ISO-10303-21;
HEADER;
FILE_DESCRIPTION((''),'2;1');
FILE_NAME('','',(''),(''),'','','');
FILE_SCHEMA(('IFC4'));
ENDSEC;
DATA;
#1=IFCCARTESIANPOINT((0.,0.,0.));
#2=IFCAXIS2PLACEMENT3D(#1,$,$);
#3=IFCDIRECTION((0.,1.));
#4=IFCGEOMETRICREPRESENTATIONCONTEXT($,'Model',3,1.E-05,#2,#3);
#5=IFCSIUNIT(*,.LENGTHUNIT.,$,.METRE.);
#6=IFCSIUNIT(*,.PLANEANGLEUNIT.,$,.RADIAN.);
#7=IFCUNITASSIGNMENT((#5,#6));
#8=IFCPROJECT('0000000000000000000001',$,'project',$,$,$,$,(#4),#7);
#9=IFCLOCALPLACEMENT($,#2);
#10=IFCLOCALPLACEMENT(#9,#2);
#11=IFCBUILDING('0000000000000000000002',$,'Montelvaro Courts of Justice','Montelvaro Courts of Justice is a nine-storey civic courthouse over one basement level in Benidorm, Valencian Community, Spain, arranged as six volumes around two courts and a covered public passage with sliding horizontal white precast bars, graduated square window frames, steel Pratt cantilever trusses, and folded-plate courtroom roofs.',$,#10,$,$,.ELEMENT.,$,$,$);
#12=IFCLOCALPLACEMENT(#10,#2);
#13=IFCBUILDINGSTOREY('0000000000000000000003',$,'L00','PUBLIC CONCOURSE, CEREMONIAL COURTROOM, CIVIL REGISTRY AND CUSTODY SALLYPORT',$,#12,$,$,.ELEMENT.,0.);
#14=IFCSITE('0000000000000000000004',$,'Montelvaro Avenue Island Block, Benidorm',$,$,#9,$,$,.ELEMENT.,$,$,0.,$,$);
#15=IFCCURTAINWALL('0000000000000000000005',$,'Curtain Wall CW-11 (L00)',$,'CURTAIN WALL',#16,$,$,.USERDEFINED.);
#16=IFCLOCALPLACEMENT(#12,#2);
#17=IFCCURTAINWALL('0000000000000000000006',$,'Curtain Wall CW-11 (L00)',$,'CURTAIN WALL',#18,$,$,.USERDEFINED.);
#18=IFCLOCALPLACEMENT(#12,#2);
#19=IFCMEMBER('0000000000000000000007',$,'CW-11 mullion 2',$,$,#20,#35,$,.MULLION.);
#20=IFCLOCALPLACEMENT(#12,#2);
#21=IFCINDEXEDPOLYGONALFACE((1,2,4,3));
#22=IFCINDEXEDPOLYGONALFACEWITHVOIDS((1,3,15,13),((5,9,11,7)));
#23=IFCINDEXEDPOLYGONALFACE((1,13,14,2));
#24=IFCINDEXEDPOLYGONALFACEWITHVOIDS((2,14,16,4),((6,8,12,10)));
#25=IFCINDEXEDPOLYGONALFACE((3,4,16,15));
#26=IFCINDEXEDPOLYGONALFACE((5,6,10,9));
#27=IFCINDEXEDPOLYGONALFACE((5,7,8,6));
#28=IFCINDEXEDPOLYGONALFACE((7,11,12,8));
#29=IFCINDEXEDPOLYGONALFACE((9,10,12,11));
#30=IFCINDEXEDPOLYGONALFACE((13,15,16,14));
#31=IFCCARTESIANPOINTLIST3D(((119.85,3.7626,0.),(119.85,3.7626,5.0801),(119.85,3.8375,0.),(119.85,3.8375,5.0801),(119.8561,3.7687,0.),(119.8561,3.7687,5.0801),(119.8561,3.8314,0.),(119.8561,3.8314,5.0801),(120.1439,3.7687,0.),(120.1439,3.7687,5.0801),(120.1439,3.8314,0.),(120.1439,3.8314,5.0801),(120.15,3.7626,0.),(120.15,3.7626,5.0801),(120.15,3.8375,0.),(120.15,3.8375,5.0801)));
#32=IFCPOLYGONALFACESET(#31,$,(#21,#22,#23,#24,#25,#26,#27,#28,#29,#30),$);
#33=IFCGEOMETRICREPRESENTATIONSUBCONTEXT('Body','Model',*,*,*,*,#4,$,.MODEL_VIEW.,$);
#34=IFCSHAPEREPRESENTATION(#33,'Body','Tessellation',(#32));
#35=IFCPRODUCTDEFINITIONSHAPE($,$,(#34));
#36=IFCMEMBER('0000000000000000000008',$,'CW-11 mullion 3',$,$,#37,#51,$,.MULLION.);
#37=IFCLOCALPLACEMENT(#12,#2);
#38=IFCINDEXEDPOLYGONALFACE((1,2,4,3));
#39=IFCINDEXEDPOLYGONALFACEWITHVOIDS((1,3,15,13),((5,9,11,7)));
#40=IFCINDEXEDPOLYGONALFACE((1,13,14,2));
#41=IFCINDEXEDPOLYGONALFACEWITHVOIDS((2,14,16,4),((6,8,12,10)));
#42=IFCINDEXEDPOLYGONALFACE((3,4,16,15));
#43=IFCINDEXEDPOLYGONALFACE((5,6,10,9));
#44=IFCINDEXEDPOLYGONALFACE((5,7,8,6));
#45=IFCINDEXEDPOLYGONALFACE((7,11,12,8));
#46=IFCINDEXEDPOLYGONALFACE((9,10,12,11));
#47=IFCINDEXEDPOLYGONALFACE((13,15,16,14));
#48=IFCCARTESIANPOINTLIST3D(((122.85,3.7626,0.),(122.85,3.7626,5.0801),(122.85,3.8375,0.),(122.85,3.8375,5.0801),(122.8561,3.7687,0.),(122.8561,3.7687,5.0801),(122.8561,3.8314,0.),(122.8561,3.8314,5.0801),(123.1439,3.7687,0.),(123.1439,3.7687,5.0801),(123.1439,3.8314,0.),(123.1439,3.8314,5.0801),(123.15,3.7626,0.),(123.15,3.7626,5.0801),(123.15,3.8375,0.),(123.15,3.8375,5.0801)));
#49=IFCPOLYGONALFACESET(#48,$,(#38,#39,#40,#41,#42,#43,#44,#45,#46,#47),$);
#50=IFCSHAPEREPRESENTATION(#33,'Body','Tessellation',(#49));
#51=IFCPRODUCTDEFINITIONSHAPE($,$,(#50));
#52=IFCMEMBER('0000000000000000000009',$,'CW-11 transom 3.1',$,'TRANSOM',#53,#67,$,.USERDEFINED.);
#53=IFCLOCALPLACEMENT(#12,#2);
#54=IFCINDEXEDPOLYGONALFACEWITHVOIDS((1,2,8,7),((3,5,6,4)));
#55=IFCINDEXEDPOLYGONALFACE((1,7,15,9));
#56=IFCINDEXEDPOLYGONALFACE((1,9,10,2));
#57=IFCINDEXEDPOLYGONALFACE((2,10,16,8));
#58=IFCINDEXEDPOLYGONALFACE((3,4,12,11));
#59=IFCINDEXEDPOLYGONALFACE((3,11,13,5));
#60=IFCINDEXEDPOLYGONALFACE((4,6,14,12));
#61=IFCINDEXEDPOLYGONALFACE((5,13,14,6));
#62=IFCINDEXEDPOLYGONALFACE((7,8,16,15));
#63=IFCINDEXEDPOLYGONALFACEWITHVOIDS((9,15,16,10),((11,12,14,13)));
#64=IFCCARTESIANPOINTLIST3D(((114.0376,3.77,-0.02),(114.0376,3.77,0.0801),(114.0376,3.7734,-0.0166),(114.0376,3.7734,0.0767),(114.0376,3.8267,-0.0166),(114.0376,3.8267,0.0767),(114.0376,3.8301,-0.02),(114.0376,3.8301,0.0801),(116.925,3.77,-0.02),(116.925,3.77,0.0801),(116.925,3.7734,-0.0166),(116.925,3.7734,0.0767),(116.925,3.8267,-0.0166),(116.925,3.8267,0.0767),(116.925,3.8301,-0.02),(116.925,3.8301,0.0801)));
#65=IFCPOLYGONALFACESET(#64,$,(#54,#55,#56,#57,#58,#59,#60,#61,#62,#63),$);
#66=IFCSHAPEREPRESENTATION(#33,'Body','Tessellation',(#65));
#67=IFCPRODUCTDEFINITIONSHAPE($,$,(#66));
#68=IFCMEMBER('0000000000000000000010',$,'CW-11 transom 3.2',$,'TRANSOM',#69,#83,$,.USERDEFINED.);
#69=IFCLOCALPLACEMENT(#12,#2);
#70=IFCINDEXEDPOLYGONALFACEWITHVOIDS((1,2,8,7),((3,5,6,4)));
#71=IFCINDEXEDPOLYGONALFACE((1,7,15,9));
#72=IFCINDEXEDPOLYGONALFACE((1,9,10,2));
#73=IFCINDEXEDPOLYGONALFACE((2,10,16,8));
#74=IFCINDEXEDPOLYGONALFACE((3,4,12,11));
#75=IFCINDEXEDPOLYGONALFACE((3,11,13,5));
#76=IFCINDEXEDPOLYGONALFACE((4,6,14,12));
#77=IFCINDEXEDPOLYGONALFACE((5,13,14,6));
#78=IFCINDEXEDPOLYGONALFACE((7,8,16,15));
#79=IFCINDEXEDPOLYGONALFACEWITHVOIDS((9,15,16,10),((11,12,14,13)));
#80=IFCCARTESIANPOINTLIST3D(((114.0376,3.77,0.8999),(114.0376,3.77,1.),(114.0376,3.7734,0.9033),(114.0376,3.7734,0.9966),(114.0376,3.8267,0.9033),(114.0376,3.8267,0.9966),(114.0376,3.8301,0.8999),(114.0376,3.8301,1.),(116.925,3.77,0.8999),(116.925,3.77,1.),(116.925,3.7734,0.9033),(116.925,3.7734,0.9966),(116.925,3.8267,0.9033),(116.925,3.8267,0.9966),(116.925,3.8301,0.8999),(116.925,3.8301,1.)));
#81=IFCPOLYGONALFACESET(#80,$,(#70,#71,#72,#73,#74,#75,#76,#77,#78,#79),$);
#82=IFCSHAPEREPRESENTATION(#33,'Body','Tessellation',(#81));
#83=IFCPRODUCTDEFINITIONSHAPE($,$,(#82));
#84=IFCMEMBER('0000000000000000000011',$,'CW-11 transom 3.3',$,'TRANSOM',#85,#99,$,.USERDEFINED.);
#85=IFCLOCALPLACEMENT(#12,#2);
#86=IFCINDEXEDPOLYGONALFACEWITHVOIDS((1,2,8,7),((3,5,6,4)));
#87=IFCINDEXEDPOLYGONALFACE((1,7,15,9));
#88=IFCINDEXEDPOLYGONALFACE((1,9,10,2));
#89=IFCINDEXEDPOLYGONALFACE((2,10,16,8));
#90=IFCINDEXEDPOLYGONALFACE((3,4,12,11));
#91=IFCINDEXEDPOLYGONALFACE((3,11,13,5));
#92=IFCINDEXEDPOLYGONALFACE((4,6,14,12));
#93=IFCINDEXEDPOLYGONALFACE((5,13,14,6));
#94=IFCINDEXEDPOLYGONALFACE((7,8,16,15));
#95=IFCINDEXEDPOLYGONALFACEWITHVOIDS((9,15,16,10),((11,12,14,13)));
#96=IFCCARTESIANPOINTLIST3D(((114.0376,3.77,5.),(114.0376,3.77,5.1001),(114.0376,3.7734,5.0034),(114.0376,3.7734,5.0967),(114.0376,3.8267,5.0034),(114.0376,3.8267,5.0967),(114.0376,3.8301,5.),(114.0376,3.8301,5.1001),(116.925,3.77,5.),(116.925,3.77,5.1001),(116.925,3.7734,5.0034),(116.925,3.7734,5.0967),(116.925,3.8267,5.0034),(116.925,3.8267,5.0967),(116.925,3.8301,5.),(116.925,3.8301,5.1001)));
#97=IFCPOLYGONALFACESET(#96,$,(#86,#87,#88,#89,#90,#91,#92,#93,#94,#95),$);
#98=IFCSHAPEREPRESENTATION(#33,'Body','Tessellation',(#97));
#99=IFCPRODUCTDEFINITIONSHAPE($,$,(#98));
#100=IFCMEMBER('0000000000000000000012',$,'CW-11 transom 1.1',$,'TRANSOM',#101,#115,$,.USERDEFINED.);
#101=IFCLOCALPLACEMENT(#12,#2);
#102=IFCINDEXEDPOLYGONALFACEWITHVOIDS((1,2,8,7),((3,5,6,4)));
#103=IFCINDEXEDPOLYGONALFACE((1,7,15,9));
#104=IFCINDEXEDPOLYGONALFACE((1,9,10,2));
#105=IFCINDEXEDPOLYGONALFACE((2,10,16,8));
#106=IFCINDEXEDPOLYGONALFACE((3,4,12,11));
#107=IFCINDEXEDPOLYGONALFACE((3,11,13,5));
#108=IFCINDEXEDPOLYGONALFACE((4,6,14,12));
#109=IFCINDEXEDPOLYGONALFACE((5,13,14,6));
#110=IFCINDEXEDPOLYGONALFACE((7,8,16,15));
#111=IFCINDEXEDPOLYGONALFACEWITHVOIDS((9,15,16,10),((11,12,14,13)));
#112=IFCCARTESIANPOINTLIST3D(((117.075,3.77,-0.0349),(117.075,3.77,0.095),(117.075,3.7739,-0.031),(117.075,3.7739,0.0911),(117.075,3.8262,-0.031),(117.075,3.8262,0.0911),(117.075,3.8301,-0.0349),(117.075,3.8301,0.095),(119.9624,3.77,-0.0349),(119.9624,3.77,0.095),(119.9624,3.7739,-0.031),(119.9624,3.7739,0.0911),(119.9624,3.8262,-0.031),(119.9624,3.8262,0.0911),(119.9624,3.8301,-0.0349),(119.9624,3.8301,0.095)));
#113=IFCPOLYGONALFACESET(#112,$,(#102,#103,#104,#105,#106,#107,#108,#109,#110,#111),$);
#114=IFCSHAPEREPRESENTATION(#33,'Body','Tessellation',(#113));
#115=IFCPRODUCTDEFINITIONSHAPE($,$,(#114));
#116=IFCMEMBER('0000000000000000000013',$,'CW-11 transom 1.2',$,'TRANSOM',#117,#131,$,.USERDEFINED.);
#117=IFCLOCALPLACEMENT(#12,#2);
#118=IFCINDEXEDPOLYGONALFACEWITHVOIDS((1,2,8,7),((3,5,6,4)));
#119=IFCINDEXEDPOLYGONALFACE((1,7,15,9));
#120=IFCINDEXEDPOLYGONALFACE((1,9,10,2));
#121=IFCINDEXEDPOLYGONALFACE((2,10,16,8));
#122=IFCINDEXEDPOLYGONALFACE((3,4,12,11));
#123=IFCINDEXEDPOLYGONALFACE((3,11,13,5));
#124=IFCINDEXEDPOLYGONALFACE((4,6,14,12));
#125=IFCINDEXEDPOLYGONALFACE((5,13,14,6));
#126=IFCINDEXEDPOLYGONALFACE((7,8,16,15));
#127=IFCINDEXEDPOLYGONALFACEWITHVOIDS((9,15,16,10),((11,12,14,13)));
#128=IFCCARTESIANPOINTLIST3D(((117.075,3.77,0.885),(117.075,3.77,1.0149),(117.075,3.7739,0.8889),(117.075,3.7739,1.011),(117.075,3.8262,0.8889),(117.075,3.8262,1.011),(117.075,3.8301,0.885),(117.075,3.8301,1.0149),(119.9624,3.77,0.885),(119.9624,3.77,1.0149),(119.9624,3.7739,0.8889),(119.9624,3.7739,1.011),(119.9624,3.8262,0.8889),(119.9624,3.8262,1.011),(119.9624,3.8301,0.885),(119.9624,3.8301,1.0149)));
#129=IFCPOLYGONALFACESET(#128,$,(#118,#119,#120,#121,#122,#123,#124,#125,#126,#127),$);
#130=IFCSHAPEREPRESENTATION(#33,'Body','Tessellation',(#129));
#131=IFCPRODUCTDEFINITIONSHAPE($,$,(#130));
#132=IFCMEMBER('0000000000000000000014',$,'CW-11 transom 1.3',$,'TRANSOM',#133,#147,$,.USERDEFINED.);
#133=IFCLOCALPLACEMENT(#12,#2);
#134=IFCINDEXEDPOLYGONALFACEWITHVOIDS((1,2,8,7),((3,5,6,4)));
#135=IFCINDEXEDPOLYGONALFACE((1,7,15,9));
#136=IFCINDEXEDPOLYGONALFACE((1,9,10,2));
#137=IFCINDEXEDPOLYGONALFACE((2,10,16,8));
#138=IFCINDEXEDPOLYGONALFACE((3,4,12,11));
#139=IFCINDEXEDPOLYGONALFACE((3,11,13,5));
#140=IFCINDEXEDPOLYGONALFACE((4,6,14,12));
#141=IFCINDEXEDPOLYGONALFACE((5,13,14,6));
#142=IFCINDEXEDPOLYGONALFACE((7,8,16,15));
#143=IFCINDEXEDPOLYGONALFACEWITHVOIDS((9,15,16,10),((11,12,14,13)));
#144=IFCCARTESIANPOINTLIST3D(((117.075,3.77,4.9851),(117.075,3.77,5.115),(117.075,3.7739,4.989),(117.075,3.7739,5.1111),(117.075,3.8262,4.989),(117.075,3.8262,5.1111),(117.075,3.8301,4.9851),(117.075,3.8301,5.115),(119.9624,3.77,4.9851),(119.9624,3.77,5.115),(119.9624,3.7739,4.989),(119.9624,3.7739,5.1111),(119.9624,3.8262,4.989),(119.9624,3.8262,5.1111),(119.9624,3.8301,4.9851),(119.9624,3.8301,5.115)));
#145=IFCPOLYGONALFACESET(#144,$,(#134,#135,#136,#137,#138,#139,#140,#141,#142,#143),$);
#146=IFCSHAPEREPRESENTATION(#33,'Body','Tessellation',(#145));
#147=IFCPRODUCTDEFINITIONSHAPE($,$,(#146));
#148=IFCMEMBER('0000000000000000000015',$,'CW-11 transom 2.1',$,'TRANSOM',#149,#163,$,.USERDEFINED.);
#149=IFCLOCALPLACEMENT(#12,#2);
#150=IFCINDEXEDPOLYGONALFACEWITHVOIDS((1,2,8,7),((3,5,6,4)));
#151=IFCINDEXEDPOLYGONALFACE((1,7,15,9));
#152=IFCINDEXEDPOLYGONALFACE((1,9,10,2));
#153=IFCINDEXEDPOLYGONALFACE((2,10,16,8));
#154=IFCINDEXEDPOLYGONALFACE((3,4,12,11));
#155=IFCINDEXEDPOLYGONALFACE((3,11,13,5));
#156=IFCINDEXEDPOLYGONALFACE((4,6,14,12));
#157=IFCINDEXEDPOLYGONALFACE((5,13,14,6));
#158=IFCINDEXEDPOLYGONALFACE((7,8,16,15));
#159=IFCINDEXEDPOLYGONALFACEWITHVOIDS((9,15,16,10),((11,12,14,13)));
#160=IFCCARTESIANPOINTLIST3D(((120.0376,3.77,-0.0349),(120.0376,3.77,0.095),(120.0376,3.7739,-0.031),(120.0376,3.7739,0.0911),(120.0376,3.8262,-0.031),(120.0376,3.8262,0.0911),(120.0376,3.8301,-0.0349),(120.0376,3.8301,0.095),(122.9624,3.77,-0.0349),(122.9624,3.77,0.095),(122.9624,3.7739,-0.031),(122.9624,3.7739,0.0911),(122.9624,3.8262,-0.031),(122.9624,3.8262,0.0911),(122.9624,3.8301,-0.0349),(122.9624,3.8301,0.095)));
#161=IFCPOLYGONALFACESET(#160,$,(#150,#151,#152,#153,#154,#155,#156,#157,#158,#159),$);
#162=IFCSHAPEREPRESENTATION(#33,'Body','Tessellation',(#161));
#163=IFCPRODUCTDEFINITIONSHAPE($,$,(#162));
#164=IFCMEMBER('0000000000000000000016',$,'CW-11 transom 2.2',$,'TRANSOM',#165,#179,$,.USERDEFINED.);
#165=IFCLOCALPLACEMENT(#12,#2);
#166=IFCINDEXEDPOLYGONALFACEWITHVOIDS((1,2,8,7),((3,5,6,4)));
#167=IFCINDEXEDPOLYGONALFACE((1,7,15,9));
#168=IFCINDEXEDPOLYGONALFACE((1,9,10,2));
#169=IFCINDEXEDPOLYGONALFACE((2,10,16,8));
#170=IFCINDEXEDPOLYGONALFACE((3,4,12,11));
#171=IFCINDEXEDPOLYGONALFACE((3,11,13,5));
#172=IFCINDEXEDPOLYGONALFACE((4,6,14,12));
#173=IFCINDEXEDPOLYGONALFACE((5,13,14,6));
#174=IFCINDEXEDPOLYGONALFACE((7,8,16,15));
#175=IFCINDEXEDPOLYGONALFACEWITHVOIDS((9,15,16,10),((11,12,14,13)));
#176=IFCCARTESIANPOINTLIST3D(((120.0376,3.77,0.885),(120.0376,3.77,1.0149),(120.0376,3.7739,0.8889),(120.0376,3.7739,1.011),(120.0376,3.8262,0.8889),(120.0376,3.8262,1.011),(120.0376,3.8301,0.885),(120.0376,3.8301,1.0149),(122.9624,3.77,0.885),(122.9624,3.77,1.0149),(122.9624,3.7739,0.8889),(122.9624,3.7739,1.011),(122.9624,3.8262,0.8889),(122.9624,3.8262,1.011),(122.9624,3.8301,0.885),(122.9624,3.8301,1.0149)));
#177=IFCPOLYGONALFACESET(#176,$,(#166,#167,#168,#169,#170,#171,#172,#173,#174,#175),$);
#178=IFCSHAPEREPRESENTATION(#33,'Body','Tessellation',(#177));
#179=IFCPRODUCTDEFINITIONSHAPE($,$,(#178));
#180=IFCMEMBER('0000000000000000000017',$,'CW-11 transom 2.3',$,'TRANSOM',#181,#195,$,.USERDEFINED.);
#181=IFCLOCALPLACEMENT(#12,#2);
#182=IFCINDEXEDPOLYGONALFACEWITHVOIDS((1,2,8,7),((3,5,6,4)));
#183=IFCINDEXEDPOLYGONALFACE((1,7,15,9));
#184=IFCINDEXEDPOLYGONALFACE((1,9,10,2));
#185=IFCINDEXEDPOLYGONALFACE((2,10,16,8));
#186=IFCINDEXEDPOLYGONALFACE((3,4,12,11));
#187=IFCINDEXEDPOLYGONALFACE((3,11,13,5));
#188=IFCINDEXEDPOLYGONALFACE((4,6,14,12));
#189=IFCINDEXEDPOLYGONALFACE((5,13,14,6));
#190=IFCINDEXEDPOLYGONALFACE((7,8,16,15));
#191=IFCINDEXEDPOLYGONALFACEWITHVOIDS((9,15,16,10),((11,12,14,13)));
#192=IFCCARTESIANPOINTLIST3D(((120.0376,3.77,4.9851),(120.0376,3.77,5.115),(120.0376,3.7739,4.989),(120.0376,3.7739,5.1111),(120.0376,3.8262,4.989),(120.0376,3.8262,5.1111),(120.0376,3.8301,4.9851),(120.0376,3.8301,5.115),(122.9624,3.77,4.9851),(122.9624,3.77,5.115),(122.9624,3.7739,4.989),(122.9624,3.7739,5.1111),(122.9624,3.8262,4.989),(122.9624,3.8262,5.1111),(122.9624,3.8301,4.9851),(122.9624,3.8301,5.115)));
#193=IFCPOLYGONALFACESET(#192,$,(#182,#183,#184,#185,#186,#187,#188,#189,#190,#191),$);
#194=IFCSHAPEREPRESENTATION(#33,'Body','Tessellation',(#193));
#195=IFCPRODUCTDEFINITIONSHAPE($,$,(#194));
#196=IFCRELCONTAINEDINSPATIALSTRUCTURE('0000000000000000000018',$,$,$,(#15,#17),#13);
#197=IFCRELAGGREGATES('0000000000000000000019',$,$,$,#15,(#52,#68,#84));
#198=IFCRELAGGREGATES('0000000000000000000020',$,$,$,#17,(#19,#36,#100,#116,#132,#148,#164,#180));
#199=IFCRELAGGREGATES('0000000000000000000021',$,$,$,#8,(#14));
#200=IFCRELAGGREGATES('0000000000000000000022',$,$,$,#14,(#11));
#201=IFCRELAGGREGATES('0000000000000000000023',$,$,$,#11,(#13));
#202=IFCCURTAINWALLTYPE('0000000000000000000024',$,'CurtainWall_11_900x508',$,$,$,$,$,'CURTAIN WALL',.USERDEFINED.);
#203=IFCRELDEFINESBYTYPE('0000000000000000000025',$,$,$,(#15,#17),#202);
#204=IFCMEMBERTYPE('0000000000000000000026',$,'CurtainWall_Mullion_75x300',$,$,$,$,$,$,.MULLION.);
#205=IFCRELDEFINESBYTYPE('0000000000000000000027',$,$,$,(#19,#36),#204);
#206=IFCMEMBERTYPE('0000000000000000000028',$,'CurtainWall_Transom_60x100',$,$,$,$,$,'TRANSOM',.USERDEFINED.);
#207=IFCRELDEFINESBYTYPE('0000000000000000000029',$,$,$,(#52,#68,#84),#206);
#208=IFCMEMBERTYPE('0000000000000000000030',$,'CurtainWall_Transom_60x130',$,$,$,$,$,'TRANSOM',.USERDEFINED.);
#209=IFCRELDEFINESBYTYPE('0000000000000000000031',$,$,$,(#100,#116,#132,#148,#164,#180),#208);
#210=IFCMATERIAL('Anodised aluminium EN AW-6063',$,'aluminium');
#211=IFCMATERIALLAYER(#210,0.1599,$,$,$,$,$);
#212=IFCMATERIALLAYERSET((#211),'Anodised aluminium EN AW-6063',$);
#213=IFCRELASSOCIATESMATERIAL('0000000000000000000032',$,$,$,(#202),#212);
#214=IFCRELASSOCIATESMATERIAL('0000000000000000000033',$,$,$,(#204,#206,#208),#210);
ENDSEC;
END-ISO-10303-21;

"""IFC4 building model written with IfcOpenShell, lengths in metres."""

from ifc_helpers import new_model, si_unit, direction, frame, origin, origin_2d, place, context, subcontext, project, spatial, hollow_rectangle, extrude, material, layer, layer_set, material_profile, profile_set, type_object, element, aggregate, save


model = new_model("IFC4")

# Units and contexts
model_context = context("Model", 3, precision=1e-05, world=origin(), true_north=direction((0.0, 1.0)))
body_context = subcontext(model_context, "Body", "Model", "MODEL_VIEW")
ifc_project = project(units=[si_unit("LENGTHUNIT", "METRE"), si_unit("PLANEANGLEUNIT", "RADIAN")], contexts=[model_context])

# Site, building, storey
site_placement = place(None, origin())
site = spatial("IfcSite", under=ifc_project, at=site_placement, Name="Montelvaro Avenue Island Block, Benidorm", CompositionType="ELEMENT", RefElevation=0.0)
building_placement = place(site_placement, origin())
building = spatial("IfcBuilding", under=site, at=building_placement, Name="Montelvaro Courts of Justice", Description="Montelvaro Courts of Justice is a nine-storey civic courthouse over one basement level in Benidorm, Valencian Community, Spain, arranged as six volumes around two courts and a covered public passage with sliding horizontal white precast bars, graduated square window frames, steel Pratt cantilever trusses, and folded-plate courtroom roofs.", CompositionType="ELEMENT")
storey_placement = place(building_placement, origin())
storey = spatial("IfcBuildingStorey", under=building, at=storey_placement, Name="L00", Description="PUBLIC CONCOURSE, CEREMONIAL COURTROOM, CIVIL REGISTRY AND CUSTODY SALLYPORT", CompositionType="ELEMENT", Elevation=0.0)

# Curtain walls, members
ifc_material_1 = material(Name="Anodised aluminium EN AW-6063", Category="aluminium")
ifc_layer_1 = layer(ifc_material_1, 0.1599)
ifc_layer_set_1 = layer_set([ifc_layer_1], Name="Anodised aluminium EN AW-6063")
curtain_wall_type = type_object("IfcCurtainWallType", Name="CurtainWall_11_900x508", ElementType="CURTAIN WALL", PredefinedType="USERDEFINED", material=ifc_layer_set_1)
curtain_wall_1_placement = place(storey_placement, origin())
curtain_wall_1 = element("IfcCurtainWall", 1, at=curtain_wall_1_placement, inside=storey, type_object=curtain_wall_type, Name="Curtain Wall CW-11 (L00)", ObjectType="CURTAIN WALL", PredefinedType="USERDEFINED")
curtain_wall_2_placement = place(storey_placement, origin())
curtain_wall_2 = element("IfcCurtainWall", 2, at=curtain_wall_2_placement, inside=storey, type_object=curtain_wall_type, Name="Curtain Wall CW-11 (L00)", ObjectType="CURTAIN WALL", PredefinedType="USERDEFINED")
ifc_material_profile_1 = material_profile(ifc_material_1, hollow_rectangle(XDim=0.075, YDim=0.3, WallThickness=0.0061, at=origin_2d()), Name="ALU-M 75x300")
ifc_profile_set_1 = profile_set([ifc_material_profile_1], Name="Anodised aluminium EN AW-6063")
member_type_1 = type_object("IfcMemberType", Name="CurtainWall_Mullion_75x300", PredefinedType="MULLION", material=ifc_profile_set_1)
member_1_placement = place(storey_placement, frame((120.0, 3.8, 0.0), z_axis=(0.0, 0.0, 1.0), x_axis=(0.0, 1.0, 0.0)))
member_1 = element("IfcMember", 3, at=member_1_placement, type_object=member_type_1, Name="CW-11 mullion 2", PredefinedType="MULLION", context=body_context, shape_type="SweptSolid", body=[
    extrude(hollow_rectangle(XDim=0.075, YDim=0.3, WallThickness=0.0061, at=origin_2d()), origin(), (0.0, 0.0, 1.0), 5.0801),
])
member_2_placement = place(storey_placement, frame((123.0, 3.8, 0.0), z_axis=(0.0, 0.0, 1.0), x_axis=(0.0, 1.0, 0.0)))
member_2 = element("IfcMember", 4, at=member_2_placement, type_object=member_type_1, Name="CW-11 mullion 3", PredefinedType="MULLION", context=body_context, shape_type="SweptSolid", body=[
    extrude(hollow_rectangle(XDim=0.075, YDim=0.3, WallThickness=0.0061, at=origin_2d()), origin(), (0.0, 0.0, 1.0), 5.0801),
])

# Members
ifc_material_profile_2 = material_profile(ifc_material_1, hollow_rectangle(XDim=0.0601, YDim=0.1001, WallThickness=0.0034, at=origin_2d()), Name="ALU-T 60x100")
ifc_profile_set_2 = profile_set([ifc_material_profile_2], Name="Anodised aluminium EN AW-6063")
member_type_2 = type_object("IfcMemberType", Name="CurtainWall_Transom_60x100", ElementType="TRANSOM", PredefinedType="USERDEFINED", material=ifc_profile_set_2)
member_3_placement = place(storey_placement, frame((114.0376, 3.8, 0.03), z_axis=(1.0, 0.0, 0.0), x_axis=(0.0, 1.0, 0.0)))
member_3 = element("IfcMember", 5, at=member_3_placement, type_object=member_type_2, Name="CW-11 transom 3.1", ObjectType="TRANSOM", PredefinedType="USERDEFINED", context=body_context, shape_type="SweptSolid", body=[
    extrude(hollow_rectangle(XDim=0.0601, YDim=0.1001, WallThickness=0.0034, at=origin_2d()), origin(), (0.0, 0.0, 1.0), 2.8875),
])
member_4_placement = place(storey_placement, frame((114.0376, 3.8, 0.95), z_axis=(1.0, 0.0, 0.0), x_axis=(0.0, 1.0, 0.0)))
member_4 = element("IfcMember", 6, at=member_4_placement, type_object=member_type_2, Name="CW-11 transom 3.2", ObjectType="TRANSOM", PredefinedType="USERDEFINED", context=body_context, shape_type="SweptSolid", body=[
    extrude(hollow_rectangle(XDim=0.0601, YDim=0.1001, WallThickness=0.0034, at=origin_2d()), origin(), (0.0, 0.0, 1.0), 2.8875),
])
member_5_placement = place(storey_placement, frame((114.0376, 3.8, 5.05), z_axis=(1.0, 0.0, 0.0), x_axis=(0.0, 1.0, 0.0)))
member_5 = element("IfcMember", 7, at=member_5_placement, type_object=member_type_2, Name="CW-11 transom 3.3", ObjectType="TRANSOM", PredefinedType="USERDEFINED", context=body_context, shape_type="SweptSolid", body=[
    extrude(hollow_rectangle(XDim=0.0601, YDim=0.1001, WallThickness=0.0034, at=origin_2d()), origin(), (0.0, 0.0, 1.0), 2.8875),
])
ifc_material_profile_3 = material_profile(ifc_material_1, hollow_rectangle(XDim=0.0601, YDim=0.1299, WallThickness=0.0039, at=origin_2d()), Name="ALU-T 60x130")
ifc_profile_set_3 = profile_set([ifc_material_profile_3], Name="Anodised aluminium EN AW-6063")
member_type_3 = type_object("IfcMemberType", Name="CurtainWall_Transom_60x130", ElementType="TRANSOM", PredefinedType="USERDEFINED", material=ifc_profile_set_3)
member_6_placement = place(storey_placement, frame((117.075, 3.8, 0.03), z_axis=(1.0, 0.0, 0.0), x_axis=(0.0, 1.0, 0.0)))
member_6 = element("IfcMember", 8, at=member_6_placement, type_object=member_type_3, Name="CW-11 transom 1.1", ObjectType="TRANSOM", PredefinedType="USERDEFINED", context=body_context, shape_type="SweptSolid", body=[
    extrude(hollow_rectangle(XDim=0.0601, YDim=0.1299, WallThickness=0.0039, at=origin_2d()), origin(), (0.0, 0.0, 1.0), 2.8875),
])
member_7_placement = place(storey_placement, frame((117.075, 3.8, 0.95), z_axis=(1.0, 0.0, 0.0), x_axis=(0.0, 1.0, 0.0)))
member_7 = element("IfcMember", 9, at=member_7_placement, type_object=member_type_3, Name="CW-11 transom 1.2", ObjectType="TRANSOM", PredefinedType="USERDEFINED", context=body_context, shape_type="SweptSolid", body=[
    extrude(hollow_rectangle(XDim=0.0601, YDim=0.1299, WallThickness=0.0039, at=origin_2d()), origin(), (0.0, 0.0, 1.0), 2.8875),
])
member_8_placement = place(storey_placement, frame((117.075, 3.8, 5.05), z_axis=(1.0, 0.0, 0.0), x_axis=(0.0, 1.0, 0.0)))
member_8 = element("IfcMember", 10, at=member_8_placement, type_object=member_type_3, Name="CW-11 transom 1.3", ObjectType="TRANSOM", PredefinedType="USERDEFINED", context=body_context, shape_type="SweptSolid", body=[
    extrude(hollow_rectangle(XDim=0.0601, YDim=0.1299, WallThickness=0.0039, at=origin_2d()), origin(), (0.0, 0.0, 1.0), 2.8875),
])
member_9_placement = place(storey_placement, frame((120.0376, 3.8, 0.03), z_axis=(1.0, 0.0, 0.0), x_axis=(0.0, 1.0, 0.0)))
member_9 = element("IfcMember", 11, at=member_9_placement, type_object=member_type_3, Name="CW-11 transom 2.1", ObjectType="TRANSOM", PredefinedType="USERDEFINED", context=body_context, shape_type="SweptSolid", body=[
    extrude(hollow_rectangle(XDim=0.0601, YDim=0.1299, WallThickness=0.0039, at=origin_2d()), origin(), (0.0, 0.0, 1.0), 2.9248),
])
member_10_placement = place(storey_placement, frame((120.0376, 3.8, 0.95), z_axis=(1.0, 0.0, 0.0), x_axis=(0.0, 1.0, 0.0)))
member_10 = element("IfcMember", 12, at=member_10_placement, type_object=member_type_3, Name="CW-11 transom 2.2", ObjectType="TRANSOM", PredefinedType="USERDEFINED", context=body_context, shape_type="SweptSolid", body=[
    extrude(hollow_rectangle(XDim=0.0601, YDim=0.1299, WallThickness=0.0039, at=origin_2d()), origin(), (0.0, 0.0, 1.0), 2.9248),
])
member_11_placement = place(storey_placement, frame((120.0376, 3.8, 5.05), z_axis=(1.0, 0.0, 0.0), x_axis=(0.0, 1.0, 0.0)))
member_11 = element("IfcMember", 13, at=member_11_placement, type_object=member_type_3, Name="CW-11 transom 2.3", ObjectType="TRANSOM", PredefinedType="USERDEFINED", context=body_context, shape_type="SweptSolid", body=[
    extrude(hollow_rectangle(XDim=0.0601, YDim=0.1299, WallThickness=0.0039, at=origin_2d()), origin(), (0.0, 0.0, 1.0), 2.9248),
])

aggregate(curtain_wall_1, [member_3, member_4, member_5])
aggregate(curtain_wall_2, [member_1, member_2, member_6, member_7, member_8, member_9, member_10, member_11])

save(model, "model.ifc")
